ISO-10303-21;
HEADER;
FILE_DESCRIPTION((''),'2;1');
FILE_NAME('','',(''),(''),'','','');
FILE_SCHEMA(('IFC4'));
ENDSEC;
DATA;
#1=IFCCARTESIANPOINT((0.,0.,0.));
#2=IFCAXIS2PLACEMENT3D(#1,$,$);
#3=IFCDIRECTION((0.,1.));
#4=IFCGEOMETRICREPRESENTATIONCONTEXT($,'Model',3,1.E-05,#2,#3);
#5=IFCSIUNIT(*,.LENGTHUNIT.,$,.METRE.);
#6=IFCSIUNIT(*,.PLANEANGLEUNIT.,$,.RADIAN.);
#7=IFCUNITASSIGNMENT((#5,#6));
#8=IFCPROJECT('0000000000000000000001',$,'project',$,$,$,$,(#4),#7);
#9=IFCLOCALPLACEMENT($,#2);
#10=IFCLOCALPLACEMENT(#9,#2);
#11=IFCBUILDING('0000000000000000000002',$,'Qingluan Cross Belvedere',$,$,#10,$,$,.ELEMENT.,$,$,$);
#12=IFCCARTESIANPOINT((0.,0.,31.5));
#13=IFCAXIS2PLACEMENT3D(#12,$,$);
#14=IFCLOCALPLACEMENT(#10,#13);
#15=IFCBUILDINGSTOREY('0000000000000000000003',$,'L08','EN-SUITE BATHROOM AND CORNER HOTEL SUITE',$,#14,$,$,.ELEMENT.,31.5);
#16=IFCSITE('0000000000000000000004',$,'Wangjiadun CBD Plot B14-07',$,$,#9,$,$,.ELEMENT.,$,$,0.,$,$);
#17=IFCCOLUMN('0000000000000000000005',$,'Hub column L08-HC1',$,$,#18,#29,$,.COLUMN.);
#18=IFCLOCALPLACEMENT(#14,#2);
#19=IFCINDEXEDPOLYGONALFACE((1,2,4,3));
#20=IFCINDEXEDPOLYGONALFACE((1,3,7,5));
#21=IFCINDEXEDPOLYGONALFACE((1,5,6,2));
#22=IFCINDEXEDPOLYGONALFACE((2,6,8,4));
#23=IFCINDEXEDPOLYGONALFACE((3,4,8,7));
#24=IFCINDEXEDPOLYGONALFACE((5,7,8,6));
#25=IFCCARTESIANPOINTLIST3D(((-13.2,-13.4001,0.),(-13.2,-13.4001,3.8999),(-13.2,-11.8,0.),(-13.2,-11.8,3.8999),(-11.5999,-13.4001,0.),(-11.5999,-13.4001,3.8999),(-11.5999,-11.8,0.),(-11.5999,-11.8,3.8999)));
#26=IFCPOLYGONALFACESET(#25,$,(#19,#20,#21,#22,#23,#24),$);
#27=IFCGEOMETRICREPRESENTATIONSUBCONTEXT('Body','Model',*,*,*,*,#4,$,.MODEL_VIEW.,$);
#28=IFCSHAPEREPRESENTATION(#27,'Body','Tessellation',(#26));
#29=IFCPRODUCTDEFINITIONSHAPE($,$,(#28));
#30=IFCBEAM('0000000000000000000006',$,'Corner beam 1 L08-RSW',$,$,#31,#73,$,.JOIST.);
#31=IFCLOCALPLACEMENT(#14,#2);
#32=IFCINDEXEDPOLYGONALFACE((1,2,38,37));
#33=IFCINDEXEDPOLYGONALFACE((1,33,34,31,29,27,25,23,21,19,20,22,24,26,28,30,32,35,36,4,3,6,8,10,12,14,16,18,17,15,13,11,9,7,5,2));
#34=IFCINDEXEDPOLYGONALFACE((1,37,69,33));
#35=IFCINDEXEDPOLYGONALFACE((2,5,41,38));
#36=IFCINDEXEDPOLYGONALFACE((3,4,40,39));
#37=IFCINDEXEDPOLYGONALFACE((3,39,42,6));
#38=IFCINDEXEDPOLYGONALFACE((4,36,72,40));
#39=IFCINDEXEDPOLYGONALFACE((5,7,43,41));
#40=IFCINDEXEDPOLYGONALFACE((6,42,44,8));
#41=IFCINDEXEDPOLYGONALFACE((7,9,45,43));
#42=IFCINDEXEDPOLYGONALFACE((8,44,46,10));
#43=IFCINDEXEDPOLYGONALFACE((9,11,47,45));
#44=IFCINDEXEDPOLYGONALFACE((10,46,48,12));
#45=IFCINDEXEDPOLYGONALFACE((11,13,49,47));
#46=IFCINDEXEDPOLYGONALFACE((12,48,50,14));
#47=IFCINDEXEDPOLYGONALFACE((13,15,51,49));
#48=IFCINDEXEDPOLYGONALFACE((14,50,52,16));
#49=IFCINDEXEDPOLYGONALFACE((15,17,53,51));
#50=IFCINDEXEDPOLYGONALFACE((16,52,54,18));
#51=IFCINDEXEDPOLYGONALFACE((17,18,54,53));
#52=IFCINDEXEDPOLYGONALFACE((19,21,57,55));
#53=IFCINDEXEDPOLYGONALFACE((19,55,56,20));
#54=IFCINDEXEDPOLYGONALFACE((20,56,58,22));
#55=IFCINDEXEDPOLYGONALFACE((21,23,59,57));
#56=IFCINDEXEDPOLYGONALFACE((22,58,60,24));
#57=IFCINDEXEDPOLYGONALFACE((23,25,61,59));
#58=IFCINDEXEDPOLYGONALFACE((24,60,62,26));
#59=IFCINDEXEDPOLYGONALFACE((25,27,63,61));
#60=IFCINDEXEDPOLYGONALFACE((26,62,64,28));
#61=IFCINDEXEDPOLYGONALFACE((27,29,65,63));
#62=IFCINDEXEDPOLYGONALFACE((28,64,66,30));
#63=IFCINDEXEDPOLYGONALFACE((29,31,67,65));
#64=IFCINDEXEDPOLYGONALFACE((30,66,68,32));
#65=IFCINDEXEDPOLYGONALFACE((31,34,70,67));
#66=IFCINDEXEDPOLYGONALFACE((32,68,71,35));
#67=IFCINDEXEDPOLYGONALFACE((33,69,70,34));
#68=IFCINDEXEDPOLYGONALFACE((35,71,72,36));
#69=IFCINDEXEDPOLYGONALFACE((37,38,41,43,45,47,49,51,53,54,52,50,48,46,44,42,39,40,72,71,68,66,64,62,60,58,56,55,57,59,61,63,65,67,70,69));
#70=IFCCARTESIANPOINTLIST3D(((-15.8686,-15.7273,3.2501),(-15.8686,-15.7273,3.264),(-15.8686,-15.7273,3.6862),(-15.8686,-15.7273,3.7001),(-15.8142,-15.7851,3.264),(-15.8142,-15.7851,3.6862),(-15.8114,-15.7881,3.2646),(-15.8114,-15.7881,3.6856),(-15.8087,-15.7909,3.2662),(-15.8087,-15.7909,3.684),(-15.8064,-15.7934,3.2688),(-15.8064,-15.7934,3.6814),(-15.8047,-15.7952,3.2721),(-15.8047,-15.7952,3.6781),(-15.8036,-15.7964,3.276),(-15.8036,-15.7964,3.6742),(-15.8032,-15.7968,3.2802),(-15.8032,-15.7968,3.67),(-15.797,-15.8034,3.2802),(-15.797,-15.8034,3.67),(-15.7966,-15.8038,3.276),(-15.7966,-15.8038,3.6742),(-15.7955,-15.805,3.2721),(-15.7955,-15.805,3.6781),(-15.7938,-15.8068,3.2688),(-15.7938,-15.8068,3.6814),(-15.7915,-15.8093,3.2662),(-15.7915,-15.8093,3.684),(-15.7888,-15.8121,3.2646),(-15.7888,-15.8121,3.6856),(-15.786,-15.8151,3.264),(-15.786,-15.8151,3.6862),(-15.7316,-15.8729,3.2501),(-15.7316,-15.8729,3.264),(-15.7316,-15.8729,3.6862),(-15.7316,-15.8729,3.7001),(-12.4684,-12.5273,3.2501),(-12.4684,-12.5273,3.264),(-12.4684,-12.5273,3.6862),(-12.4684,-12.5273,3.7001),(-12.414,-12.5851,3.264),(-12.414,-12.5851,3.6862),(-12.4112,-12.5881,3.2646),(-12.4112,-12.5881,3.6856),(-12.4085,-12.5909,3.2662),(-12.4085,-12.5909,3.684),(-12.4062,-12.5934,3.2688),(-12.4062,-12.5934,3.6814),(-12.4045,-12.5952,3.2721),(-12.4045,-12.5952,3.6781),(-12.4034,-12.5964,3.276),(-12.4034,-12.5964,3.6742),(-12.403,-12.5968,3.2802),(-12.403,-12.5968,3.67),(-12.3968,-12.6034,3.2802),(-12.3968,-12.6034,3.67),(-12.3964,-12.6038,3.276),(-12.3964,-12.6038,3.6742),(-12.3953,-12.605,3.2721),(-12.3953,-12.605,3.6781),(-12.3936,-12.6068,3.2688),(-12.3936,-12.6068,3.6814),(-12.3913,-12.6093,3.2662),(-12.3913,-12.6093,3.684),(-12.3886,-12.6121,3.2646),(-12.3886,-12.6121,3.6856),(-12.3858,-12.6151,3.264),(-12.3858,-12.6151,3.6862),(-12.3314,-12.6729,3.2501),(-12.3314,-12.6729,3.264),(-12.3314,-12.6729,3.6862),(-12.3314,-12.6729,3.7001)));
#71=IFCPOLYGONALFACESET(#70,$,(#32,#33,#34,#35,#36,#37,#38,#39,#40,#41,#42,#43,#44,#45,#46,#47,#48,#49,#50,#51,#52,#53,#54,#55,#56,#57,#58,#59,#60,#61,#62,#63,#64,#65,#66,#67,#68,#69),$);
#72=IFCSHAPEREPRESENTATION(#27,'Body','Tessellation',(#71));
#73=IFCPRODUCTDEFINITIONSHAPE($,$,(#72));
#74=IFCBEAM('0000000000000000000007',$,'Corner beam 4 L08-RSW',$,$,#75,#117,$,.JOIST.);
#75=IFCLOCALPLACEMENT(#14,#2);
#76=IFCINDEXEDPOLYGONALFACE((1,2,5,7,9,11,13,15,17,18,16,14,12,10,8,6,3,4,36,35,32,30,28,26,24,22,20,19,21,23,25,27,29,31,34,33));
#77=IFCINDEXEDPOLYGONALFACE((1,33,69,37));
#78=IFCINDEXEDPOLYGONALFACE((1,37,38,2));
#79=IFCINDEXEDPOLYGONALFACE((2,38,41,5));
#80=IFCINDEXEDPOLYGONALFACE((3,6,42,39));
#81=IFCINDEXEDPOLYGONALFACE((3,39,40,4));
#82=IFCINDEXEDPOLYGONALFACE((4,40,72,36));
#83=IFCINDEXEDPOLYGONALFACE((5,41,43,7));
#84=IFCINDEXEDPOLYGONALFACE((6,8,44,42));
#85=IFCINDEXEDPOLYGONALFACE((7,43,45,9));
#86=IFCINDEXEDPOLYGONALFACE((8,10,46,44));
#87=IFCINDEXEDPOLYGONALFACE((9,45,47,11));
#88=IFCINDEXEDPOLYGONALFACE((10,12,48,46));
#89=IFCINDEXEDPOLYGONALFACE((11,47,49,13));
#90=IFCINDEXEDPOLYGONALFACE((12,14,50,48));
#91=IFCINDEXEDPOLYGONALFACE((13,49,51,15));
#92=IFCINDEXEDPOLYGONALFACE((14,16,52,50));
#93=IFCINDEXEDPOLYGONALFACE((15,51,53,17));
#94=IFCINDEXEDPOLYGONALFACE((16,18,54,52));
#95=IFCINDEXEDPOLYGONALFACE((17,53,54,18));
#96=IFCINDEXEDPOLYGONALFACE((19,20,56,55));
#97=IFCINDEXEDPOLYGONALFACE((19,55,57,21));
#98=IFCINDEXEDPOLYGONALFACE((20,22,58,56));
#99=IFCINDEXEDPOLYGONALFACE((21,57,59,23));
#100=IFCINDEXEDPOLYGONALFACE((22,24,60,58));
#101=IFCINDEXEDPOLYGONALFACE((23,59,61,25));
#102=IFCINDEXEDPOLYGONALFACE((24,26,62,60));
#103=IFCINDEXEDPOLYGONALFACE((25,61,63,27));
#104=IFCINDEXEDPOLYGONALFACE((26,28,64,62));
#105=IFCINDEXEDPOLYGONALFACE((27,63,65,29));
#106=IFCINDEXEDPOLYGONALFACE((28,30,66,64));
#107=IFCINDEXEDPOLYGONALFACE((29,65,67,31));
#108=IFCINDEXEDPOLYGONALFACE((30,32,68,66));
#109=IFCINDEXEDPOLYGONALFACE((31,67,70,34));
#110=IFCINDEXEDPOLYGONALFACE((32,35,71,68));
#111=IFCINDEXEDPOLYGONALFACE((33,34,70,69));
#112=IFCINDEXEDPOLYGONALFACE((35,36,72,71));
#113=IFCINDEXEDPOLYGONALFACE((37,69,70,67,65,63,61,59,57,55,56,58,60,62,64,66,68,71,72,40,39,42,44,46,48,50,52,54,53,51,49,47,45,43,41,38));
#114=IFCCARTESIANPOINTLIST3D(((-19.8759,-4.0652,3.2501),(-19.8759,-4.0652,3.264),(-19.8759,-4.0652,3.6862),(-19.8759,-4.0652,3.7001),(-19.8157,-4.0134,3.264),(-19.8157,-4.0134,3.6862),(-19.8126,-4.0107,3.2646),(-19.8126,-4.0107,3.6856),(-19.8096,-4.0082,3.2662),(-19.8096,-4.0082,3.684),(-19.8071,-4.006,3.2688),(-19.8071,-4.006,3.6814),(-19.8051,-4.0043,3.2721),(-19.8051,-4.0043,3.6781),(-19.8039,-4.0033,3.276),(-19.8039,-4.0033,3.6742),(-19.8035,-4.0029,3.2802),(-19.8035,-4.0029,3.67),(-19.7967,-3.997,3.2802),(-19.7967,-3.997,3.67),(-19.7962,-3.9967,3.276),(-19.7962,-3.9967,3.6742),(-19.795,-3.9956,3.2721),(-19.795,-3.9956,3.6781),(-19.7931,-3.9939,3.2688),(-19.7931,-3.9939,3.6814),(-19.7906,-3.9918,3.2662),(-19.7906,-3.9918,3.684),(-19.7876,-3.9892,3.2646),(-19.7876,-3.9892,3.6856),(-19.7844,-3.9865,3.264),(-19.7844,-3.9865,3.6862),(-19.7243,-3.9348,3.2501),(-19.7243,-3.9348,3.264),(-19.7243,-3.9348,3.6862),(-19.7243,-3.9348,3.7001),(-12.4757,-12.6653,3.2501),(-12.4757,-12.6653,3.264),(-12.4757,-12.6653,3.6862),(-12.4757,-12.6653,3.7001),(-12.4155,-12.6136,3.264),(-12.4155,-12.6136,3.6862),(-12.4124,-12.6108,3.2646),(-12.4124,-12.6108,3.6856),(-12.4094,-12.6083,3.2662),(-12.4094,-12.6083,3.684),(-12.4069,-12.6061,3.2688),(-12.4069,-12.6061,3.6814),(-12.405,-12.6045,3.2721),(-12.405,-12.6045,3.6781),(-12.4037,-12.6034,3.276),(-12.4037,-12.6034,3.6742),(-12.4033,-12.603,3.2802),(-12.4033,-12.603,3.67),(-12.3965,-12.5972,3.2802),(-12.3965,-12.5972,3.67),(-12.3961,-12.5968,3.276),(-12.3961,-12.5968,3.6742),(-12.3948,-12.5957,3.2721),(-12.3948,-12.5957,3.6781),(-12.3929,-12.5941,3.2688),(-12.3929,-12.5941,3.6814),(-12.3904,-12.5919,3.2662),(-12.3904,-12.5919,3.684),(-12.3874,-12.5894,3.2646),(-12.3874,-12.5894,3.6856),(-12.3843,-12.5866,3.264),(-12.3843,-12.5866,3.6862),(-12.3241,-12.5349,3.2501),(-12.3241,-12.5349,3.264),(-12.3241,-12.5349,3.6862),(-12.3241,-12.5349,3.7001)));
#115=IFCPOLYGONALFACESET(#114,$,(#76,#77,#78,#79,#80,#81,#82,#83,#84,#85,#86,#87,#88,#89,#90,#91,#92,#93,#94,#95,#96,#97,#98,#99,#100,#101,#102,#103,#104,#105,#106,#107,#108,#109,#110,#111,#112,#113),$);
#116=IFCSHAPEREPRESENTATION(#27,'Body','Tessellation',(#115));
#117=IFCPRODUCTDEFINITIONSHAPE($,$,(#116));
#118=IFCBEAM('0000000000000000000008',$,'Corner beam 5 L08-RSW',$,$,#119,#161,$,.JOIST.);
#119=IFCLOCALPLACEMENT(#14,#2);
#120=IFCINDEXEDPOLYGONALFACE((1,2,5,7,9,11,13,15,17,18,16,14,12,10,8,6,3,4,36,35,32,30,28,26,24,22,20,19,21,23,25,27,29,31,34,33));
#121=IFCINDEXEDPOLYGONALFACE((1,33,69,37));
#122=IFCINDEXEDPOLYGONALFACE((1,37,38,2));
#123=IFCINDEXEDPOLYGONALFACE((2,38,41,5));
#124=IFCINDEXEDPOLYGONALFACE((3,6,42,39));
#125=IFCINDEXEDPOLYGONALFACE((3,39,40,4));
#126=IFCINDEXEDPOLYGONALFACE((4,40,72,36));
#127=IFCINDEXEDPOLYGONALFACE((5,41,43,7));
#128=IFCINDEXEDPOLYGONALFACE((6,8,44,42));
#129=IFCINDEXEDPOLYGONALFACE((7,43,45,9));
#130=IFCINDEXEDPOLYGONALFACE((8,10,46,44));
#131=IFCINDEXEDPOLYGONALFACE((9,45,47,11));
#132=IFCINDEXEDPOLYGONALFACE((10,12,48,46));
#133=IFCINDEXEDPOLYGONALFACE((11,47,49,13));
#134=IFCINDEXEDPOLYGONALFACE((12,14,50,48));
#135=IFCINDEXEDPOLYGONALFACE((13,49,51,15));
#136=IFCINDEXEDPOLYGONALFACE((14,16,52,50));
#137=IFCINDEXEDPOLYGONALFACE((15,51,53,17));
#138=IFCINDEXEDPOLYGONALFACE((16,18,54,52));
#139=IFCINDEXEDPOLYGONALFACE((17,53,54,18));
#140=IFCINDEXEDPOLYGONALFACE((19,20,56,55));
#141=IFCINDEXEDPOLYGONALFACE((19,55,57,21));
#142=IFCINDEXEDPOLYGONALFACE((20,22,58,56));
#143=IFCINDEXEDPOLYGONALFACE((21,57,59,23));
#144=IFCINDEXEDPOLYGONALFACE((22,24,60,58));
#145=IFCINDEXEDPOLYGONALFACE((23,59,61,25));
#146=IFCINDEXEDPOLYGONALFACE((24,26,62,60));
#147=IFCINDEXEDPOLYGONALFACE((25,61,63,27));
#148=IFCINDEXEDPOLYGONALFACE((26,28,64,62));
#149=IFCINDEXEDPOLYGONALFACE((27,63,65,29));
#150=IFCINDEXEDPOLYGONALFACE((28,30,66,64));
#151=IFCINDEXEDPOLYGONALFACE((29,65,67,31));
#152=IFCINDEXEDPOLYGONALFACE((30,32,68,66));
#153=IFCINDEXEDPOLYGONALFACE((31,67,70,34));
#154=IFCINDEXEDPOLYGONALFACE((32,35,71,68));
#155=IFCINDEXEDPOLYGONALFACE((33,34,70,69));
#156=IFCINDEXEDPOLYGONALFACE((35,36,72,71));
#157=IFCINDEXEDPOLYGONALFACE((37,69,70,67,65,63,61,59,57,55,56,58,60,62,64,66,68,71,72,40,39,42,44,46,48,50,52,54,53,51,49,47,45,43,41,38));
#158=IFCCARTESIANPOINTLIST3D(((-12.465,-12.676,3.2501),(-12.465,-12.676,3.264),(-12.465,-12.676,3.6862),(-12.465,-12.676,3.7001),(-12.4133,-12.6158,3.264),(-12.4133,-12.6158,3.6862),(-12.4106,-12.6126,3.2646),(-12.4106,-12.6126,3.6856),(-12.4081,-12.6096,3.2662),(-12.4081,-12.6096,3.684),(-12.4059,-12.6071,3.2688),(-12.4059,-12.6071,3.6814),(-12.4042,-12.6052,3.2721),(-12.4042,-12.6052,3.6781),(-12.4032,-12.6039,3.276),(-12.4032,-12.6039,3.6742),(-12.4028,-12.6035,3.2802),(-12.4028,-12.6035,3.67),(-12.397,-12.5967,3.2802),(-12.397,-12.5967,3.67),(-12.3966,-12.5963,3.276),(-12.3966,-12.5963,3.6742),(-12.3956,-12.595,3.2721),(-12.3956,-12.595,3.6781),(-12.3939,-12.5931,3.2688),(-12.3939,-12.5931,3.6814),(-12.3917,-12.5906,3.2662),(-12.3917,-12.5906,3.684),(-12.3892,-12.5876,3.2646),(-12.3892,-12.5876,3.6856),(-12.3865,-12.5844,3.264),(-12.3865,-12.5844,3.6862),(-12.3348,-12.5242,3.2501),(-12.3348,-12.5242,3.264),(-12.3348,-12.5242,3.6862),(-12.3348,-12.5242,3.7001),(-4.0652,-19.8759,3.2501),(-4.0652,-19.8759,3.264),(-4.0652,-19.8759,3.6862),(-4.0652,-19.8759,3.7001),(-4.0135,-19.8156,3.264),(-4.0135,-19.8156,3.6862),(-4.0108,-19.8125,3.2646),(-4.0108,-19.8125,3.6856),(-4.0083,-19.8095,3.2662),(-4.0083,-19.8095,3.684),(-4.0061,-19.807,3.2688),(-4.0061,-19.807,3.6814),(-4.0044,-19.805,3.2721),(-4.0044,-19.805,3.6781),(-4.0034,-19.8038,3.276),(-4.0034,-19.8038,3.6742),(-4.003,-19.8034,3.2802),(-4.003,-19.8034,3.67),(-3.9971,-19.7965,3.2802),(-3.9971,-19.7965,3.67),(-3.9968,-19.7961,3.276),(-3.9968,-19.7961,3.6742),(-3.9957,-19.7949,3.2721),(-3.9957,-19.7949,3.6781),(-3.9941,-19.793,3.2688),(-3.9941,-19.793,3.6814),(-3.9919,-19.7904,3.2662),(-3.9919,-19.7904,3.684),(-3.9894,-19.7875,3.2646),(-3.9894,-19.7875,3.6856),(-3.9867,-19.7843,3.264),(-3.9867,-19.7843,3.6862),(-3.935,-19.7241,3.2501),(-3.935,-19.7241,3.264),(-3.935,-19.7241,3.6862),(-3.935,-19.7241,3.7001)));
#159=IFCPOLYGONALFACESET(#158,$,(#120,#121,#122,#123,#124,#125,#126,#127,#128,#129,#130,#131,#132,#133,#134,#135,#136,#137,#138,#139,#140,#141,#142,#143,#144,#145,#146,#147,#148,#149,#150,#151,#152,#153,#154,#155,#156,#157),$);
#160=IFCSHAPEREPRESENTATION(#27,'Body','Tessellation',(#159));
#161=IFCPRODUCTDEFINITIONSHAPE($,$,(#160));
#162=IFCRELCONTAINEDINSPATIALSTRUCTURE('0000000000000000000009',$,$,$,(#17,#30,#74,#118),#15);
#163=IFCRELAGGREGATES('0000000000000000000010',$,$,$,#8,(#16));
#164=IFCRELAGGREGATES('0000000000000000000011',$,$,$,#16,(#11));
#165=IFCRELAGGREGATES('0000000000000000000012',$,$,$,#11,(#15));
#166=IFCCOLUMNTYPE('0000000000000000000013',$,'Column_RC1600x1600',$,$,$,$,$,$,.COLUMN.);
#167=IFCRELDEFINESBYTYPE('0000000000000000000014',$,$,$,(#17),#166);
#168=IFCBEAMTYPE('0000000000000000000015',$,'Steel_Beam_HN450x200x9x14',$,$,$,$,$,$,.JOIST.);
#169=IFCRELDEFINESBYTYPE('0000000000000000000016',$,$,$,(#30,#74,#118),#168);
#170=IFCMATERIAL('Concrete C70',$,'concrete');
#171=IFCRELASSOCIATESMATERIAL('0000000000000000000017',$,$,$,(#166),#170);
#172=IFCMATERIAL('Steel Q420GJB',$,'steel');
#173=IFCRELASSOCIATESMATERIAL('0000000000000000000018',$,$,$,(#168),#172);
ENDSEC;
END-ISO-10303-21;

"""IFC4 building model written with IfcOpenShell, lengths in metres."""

from ifc_helpers import new_model, si_unit, direction, frame, origin, origin_2d, place, context, subcontext, project, spatial, rectangle, i_section, extrude, material, material_profile, profile_set, type_object, element, save


model = new_model("IFC4")

# Units and contexts
model_context = context("Model", 3, precision=1e-05, world=origin(), true_north=direction((0.0, 1.0)))
body_context = subcontext(model_context, "Body", "Model", "MODEL_VIEW")
ifc_project = project(units=[si_unit("LENGTHUNIT", "METRE"), si_unit("PLANEANGLEUNIT", "RADIAN")], contexts=[model_context])

# Site, building, storey
site_placement = place(None, origin())
site = spatial("IfcSite", under=ifc_project, at=site_placement, Name="Wangjiadun CBD Plot B14-07", CompositionType="ELEMENT", RefElevation=0.0)
building_placement = place(site_placement, origin())
building = spatial("IfcBuilding", under=site, at=building_placement, Name="Qingluan Cross Belvedere", CompositionType="ELEMENT")
storey_placement = place(building_placement, frame((0.0, 0.0, 31.5)))
storey = spatial("IfcBuildingStorey", under=building, at=storey_placement, Name="L08", Description="EN-SUITE BATHROOM AND CORNER HOTEL SUITE", CompositionType="ELEMENT", Elevation=31.5)

# Column
ifc_material_1 = material(Name="Concrete C70", Category="concrete")
ifc_material_profile_1 = material_profile(ifc_material_1, rectangle(XDim=1.6001, YDim=1.6001, at=origin_2d()), Name="RC1600x1600")
ifc_profile_set_1 = profile_set([ifc_material_profile_1], Name="Concrete C70")
column_type = type_object("IfcColumnType", Name="Column_RC1600x1600", PredefinedType="COLUMN", material=ifc_profile_set_1)
column_placement = place(storey_placement, frame((-12.3999, -12.6001, 0.0), z_axis=(0.0, 0.0, 1.0), x_axis=(1.0, 0.0, 0.0)))
element("IfcColumn", 1, at=column_placement, inside=storey, type_object=column_type, Name="Hub column L08-HC1", PredefinedType="COLUMN", context=body_context, shape_type="SweptSolid", body=[
    extrude(rectangle(XDim=1.6001, YDim=1.6001, at=origin_2d()), origin(), (0.0, 0.0, 1.0), 3.8999),
])

# Beams
ifc_material_2 = material(Name="Steel Q420GJB", Category="steel")
ifc_material_profile_2 = material_profile(ifc_material_2, i_section(OverallWidth=0.2, OverallDepth=0.45, WebThickness=0.009, FlangeThickness=0.0139, FilletRadius=0.0161, at=origin_2d()), Name="HN450x200x9x14")
ifc_profile_set_2 = profile_set([ifc_material_profile_2], Name="Steel Q420GJB")
beam_type_1 = type_object("IfcBeamType", Name="Steel_Beam_HN450x200x9x14", PredefinedType="JOIST", material=ifc_profile_set_2)
beam_1_placement = place(storey_placement, frame((-12.3999, -12.6001, 3.4751), z_axis=(-0.72822, -0.685343, 0.0), x_axis=(0.685343, -0.72822, 0.0)))
element("IfcBeam", 2, at=beam_1_placement, inside=storey, type_object=beam_type_1, Name="Corner beam 1 L08-RSW", PredefinedType="JOIST", context=body_context, shape_type="SweptSolid", body=[
    extrude(i_section(OverallWidth=0.2, OverallDepth=0.45, WebThickness=0.009, FlangeThickness=0.0139, FilletRadius=0.0161, at=origin_2d()), origin(), (0.0, 0.0, 1.0), 4.6692),
])
beam_2_placement = place(storey_placement, frame((-12.3999, -12.6001, 3.4751), z_axis=(-0.652245, 0.758008, 0.0), x_axis=(-0.758008, -0.652245, 0.0)))
element("IfcBeam", 3, at=beam_2_placement, inside=storey, type_object=beam_type_1, Name="Corner beam 4 L08-RSW", PredefinedType="JOIST", context=body_context, shape_type="SweptSolid", body=[
    extrude(i_section(OverallWidth=0.2, OverallDepth=0.45, WebThickness=0.009, FlangeThickness=0.0139, FilletRadius=0.0161, at=origin_2d()), origin(), (0.0, 0.0, 1.0), 11.3457),
])
beam_3_placement = place(storey_placement, frame((-12.3999, -12.6001, 3.4751), z_axis=(0.759255, -0.650793, 0.0), x_axis=(0.650793, 0.759255, 0.0)))
element("IfcBeam", 4, at=beam_3_placement, inside=storey, type_object=beam_type_1, Name="Corner beam 5 L08-RSW", PredefinedType="JOIST", context=body_context, shape_type="SweptSolid", body=[
    extrude(i_section(OverallWidth=0.2, OverallDepth=0.45, WebThickness=0.009, FlangeThickness=0.0139, FilletRadius=0.0161, at=origin_2d()), origin(), (0.0, 0.0, 1.0), 11.0632),
])

save(model, "model.ifc")
